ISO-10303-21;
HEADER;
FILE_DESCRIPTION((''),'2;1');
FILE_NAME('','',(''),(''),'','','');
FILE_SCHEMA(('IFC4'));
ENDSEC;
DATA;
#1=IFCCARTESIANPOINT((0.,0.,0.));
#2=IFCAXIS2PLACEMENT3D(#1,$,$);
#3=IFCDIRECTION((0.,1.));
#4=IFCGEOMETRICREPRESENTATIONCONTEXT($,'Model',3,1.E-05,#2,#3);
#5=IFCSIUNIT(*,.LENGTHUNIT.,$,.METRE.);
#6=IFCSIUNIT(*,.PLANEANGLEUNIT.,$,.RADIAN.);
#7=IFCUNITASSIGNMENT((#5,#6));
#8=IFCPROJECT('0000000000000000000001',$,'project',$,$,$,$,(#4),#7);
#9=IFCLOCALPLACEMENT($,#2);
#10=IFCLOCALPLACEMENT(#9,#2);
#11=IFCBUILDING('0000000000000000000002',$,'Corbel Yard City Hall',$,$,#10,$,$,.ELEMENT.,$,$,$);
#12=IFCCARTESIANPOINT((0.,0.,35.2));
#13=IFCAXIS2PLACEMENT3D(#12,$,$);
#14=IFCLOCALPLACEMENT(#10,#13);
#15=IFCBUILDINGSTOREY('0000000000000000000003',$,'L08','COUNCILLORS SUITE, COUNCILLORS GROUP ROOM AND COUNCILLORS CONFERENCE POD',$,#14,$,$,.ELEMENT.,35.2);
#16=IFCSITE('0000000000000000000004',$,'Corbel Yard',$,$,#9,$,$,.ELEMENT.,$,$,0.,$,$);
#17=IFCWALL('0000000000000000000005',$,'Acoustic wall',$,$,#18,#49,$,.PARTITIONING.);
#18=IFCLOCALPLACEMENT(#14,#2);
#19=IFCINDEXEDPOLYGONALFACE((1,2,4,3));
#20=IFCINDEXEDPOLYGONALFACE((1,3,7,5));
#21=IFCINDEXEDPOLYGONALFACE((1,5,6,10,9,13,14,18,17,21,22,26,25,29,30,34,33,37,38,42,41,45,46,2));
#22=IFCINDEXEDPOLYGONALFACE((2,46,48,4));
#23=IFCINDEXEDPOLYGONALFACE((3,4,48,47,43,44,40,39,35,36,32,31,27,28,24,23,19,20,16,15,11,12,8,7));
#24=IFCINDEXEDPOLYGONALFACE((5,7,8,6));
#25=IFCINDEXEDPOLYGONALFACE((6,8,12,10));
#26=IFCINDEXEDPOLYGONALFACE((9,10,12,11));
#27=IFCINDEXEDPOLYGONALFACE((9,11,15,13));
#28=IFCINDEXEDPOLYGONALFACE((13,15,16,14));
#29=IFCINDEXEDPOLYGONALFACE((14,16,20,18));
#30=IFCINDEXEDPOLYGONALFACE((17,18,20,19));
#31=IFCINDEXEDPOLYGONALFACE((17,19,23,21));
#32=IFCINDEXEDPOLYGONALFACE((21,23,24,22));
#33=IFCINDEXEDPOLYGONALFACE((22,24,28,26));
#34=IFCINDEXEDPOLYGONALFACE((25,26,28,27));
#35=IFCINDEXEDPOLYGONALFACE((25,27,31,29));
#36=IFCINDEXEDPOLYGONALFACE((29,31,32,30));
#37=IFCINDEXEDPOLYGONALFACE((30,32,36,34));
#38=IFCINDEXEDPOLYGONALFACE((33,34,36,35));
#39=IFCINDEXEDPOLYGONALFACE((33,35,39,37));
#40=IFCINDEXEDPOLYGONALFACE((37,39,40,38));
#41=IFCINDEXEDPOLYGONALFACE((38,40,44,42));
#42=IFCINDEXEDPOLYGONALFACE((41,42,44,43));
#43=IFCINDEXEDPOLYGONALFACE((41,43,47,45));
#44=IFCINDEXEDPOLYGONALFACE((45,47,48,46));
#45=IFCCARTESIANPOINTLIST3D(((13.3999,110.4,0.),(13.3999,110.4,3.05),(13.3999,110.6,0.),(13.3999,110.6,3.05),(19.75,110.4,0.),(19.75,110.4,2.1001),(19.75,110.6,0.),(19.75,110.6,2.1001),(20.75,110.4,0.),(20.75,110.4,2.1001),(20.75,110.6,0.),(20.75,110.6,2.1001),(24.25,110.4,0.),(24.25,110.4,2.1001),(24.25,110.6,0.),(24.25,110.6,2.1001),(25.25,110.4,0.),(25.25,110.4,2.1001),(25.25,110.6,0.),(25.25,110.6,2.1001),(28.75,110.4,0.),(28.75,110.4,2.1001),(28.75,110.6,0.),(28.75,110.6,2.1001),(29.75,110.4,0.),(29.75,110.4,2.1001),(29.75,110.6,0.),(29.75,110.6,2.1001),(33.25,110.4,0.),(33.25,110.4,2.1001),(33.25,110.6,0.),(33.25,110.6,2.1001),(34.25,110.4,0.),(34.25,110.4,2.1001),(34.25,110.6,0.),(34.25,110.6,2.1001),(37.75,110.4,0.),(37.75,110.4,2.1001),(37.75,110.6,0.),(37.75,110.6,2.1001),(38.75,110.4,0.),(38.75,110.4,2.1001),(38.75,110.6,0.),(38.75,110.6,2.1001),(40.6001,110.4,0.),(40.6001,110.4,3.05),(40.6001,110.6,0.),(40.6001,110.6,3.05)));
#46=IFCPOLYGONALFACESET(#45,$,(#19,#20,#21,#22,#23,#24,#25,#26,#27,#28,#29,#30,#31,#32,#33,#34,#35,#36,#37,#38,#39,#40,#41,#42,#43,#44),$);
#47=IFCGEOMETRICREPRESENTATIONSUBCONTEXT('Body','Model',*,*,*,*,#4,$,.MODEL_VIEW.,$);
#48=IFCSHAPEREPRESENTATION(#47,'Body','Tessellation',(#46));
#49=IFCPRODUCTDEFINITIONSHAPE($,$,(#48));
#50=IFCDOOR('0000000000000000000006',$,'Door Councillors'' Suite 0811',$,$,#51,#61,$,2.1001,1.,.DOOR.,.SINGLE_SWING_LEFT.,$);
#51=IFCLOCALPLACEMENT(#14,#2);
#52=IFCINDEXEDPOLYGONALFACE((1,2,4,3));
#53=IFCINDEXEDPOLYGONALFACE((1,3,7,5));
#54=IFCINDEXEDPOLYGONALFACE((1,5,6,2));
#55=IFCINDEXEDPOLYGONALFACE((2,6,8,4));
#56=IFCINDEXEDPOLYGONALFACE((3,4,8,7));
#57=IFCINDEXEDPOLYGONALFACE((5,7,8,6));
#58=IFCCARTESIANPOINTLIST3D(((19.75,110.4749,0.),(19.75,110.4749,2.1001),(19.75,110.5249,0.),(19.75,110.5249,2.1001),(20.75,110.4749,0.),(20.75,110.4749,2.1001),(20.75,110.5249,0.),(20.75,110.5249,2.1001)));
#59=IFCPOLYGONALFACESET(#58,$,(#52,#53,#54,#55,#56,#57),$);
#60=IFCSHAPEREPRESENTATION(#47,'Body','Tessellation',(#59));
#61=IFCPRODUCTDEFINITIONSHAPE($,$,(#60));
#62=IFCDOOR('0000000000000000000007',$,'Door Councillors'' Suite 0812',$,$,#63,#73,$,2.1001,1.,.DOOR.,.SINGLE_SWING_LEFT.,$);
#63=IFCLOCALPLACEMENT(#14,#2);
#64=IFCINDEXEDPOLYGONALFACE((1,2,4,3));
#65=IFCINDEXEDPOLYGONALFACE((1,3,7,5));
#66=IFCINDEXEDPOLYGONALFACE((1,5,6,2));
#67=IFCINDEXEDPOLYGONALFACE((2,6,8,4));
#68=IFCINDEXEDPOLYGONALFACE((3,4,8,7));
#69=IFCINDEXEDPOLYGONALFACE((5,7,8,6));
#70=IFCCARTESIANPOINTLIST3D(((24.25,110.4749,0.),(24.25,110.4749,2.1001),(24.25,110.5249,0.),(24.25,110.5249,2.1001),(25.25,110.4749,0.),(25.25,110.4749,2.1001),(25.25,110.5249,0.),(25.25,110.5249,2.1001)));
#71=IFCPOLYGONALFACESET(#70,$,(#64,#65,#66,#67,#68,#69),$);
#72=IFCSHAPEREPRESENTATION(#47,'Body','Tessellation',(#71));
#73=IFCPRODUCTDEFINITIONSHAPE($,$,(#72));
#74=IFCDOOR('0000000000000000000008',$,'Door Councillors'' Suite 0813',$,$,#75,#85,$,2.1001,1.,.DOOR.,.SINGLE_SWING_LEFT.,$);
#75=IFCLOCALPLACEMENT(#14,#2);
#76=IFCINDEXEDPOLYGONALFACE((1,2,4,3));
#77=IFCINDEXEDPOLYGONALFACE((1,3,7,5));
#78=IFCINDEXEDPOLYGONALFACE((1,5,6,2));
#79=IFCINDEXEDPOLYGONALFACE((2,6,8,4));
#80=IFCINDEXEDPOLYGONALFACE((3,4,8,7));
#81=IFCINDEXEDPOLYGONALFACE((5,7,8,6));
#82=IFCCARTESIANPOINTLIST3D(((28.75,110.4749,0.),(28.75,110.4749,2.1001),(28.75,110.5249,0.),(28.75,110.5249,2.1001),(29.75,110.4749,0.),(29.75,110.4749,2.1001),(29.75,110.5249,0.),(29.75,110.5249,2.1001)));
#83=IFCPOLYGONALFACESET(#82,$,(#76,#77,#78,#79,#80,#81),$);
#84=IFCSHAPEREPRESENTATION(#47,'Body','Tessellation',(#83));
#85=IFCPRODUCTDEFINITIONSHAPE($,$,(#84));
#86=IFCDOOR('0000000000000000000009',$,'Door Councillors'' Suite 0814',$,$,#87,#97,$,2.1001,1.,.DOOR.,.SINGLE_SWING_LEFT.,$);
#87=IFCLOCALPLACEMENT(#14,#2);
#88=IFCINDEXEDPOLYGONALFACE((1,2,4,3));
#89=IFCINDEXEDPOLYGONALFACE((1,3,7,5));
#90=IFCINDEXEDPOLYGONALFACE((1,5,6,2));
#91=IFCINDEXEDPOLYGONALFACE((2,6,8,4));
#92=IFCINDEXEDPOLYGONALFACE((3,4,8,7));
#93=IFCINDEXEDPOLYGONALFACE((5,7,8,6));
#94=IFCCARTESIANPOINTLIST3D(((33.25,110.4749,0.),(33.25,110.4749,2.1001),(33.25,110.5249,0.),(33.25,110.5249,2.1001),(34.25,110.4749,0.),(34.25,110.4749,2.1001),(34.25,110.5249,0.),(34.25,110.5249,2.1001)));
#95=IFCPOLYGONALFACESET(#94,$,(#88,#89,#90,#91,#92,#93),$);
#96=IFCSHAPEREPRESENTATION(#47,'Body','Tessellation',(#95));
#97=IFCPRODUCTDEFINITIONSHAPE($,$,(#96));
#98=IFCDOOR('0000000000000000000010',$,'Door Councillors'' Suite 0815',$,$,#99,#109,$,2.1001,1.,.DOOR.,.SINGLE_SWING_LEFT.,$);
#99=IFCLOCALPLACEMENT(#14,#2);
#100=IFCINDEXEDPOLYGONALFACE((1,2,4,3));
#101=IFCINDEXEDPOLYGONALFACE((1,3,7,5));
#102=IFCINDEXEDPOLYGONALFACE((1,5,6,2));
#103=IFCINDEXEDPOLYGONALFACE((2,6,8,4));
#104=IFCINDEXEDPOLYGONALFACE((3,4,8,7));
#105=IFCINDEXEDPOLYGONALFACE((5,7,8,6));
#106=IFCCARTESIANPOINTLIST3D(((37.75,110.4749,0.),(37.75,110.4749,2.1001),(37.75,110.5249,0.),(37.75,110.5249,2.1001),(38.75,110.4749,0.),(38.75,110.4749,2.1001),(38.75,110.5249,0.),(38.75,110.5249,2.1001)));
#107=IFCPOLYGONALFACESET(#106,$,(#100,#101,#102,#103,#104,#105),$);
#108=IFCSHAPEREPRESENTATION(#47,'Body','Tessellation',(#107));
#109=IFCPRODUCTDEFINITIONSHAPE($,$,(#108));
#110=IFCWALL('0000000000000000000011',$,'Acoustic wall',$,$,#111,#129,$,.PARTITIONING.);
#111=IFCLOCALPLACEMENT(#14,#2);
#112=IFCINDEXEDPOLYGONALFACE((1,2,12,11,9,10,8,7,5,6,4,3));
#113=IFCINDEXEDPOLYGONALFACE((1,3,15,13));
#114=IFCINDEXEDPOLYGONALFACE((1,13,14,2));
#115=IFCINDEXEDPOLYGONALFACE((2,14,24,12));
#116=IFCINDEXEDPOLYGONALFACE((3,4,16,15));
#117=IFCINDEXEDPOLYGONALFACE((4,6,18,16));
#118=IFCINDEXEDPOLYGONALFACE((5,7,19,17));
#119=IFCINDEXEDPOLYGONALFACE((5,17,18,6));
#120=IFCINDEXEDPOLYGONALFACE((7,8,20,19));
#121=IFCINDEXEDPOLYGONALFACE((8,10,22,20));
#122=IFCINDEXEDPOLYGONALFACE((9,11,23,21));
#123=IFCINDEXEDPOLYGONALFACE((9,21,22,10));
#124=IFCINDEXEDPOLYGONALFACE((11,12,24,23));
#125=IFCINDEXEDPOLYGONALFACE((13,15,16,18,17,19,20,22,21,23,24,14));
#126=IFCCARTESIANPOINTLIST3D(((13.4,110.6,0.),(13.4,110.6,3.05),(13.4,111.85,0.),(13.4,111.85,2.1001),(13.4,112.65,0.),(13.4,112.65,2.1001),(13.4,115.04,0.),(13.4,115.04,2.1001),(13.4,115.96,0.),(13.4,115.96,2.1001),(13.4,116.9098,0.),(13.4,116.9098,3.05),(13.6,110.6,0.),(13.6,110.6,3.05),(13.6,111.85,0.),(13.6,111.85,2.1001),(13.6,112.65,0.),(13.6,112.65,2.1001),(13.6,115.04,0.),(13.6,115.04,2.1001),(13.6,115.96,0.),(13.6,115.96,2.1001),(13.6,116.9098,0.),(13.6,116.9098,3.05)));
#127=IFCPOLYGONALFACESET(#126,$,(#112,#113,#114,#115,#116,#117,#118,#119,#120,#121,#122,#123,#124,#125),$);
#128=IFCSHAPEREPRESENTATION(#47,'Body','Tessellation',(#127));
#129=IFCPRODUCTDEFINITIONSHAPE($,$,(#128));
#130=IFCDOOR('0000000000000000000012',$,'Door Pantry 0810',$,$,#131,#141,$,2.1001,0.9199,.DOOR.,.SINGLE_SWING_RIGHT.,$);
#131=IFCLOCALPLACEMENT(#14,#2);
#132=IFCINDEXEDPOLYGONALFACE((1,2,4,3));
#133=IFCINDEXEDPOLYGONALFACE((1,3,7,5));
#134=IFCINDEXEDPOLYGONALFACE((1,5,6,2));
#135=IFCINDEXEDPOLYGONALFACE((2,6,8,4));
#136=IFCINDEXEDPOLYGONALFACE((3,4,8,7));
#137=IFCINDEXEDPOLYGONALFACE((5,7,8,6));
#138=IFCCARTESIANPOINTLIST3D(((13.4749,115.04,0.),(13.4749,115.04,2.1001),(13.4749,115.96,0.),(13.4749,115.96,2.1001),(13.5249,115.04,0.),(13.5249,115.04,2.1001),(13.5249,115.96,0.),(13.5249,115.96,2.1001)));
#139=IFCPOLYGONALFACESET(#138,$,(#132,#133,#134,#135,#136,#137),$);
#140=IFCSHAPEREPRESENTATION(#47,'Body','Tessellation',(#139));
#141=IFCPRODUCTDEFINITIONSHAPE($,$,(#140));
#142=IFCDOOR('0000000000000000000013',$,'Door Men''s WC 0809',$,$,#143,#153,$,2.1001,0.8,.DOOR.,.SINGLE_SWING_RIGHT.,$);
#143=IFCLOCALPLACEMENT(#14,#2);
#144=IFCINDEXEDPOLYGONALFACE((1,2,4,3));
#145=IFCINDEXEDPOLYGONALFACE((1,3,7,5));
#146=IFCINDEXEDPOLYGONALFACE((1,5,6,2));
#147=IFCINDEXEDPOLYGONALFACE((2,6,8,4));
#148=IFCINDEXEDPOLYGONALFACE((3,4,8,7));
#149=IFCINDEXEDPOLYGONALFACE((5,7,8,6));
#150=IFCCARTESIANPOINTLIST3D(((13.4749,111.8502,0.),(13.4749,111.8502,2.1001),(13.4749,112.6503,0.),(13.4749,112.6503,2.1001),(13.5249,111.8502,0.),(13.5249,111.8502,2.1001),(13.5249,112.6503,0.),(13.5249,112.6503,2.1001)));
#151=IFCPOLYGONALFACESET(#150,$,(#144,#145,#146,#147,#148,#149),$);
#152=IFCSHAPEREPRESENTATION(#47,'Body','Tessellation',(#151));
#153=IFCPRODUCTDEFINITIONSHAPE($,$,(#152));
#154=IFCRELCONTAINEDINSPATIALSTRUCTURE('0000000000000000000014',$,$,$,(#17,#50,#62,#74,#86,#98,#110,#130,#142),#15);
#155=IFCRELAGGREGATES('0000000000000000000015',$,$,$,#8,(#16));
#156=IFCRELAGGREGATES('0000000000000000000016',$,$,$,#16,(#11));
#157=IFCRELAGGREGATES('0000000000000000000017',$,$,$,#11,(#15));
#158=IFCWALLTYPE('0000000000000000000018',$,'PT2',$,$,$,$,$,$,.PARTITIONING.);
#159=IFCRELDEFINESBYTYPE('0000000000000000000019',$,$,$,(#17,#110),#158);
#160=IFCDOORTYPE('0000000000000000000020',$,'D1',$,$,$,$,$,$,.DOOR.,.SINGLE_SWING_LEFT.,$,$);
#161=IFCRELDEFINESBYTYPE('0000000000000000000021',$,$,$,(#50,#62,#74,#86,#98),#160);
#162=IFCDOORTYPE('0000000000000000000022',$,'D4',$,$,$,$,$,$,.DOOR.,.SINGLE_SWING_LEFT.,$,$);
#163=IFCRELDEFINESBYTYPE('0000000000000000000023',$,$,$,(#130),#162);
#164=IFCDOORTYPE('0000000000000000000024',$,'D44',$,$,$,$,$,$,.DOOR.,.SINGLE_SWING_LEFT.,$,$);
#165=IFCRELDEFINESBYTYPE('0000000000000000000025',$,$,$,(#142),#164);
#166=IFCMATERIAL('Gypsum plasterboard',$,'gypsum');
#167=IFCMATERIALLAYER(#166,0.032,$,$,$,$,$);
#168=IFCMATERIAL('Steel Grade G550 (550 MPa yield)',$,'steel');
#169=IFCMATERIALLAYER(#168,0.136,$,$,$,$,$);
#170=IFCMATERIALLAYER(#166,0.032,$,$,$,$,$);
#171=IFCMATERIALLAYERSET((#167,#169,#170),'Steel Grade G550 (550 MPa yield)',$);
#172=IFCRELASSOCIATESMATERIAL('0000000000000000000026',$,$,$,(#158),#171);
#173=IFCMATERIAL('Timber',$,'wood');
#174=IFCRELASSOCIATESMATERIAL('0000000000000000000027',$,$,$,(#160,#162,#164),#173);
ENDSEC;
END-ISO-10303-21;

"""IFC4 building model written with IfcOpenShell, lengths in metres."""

from ifc_helpers import new_model, si_unit, direction, frame, frame_2d, origin, place, context, subcontext, project, spatial, rectangle, extrude, material, layer, layer_set, type_object, element, fill, save


model = new_model("IFC4")

# Units and contexts
model_context = context("Model", 3, precision=1e-05, world=origin(), true_north=direction((0.0, 1.0)))
body_context = subcontext(model_context, "Body", "Model", "MODEL_VIEW")
ifc_project = project(units=[si_unit("LENGTHUNIT", "METRE"), si_unit("PLANEANGLEUNIT", "RADIAN")], contexts=[model_context])

# Site, building, storey
site_placement = place(None, origin())
site = spatial("IfcSite", under=ifc_project, at=site_placement, Name="Corbel Yard", CompositionType="ELEMENT", RefElevation=0.0)
building_placement = place(site_placement, origin())
building = spatial("IfcBuilding", under=site, at=building_placement, Name="Corbel Yard City Hall", CompositionType="ELEMENT")
storey_placement = place(building_placement, frame((0.0, 0.0, 35.2)))
storey = spatial("IfcBuildingStorey", under=building, at=storey_placement, Name="L08", Description="COUNCILLORS SUITE, COUNCILLORS GROUP ROOM AND COUNCILLORS CONFERENCE POD", CompositionType="ELEMENT", Elevation=35.2)

# Shared definitions
ifc_material_1 = material(Name="Gypsum plasterboard", Category="gypsum")
ifc_material_2 = material(Name="Steel Grade G550 (550 MPa yield)", Category="steel")

# Walls, openings, doors
ifc_layer_1 = layer(ifc_material_1, 0.032)
ifc_layer_2 = layer(ifc_material_2, 0.136)
ifc_layer_3 = layer(ifc_material_1, 0.032)
ifc_layer_set_1 = layer_set([ifc_layer_1, ifc_layer_2, ifc_layer_3], Name="Steel Grade G550 (550 MPa yield)")
wall_type_1 = type_object("IfcWallType", Name="PT2", PredefinedType="PARTITIONING", material=ifc_layer_set_1)
wall_1_placement = place(storey_placement, frame((13.3999, 110.5, 0.0), z_axis=(0.0, 0.0, 1.0), x_axis=(1.0, 0.0, 0.0)))
wall_1 = element("IfcWall", 1, at=wall_1_placement, inside=storey, type_object=wall_type_1, Name="Acoustic wall", PredefinedType="PARTITIONING", context=body_context, shape_type="SweptSolid", body=[
    extrude(rectangle(XDim=27.2002, YDim=0.2, at=frame_2d((13.6001, 0.0))), origin(), (0.0, 0.0, 1.0), 3.05),
])
opening_1_placement = place(wall_1_placement, frame((6.3501, 0.0, 0.0)))
opening_1 = element("IfcOpeningElement", 2, at=opening_1_placement, cuts=wall_1, PredefinedType="OPENING", context=body_context, shape_type="SweptSolid", body=[
    extrude(rectangle(XDim=1.0, YDim=2.1001, at=frame_2d((0.5, 1.05))), frame((0.0, 0.1099, 0.0), z_axis=(0.0, -1.0, 0.0), x_axis=(1.0, 0.0, 0.0)), (0.0, 0.0, 1.0), 0.22),
])
opening_2_placement = place(wall_1_placement, frame((10.8501, 0.0, 0.0)))
opening_2 = element("IfcOpeningElement", 3, at=opening_2_placement, cuts=wall_1, PredefinedType="OPENING", context=body_context, shape_type="SweptSolid", body=[
    extrude(rectangle(XDim=1.0, YDim=2.1001, at=frame_2d((0.5, 1.05))), frame((0.0, 0.1099, 0.0), z_axis=(0.0, -1.0, 0.0), x_axis=(1.0, 0.0, 0.0)), (0.0, 0.0, 1.0), 0.22),
])
opening_3_placement = place(wall_1_placement, frame((15.3501, 0.0, 0.0)))
opening_3 = element("IfcOpeningElement", 4, at=opening_3_placement, cuts=wall_1, PredefinedType="OPENING", context=body_context, shape_type="SweptSolid", body=[
    extrude(rectangle(XDim=1.0, YDim=2.1001, at=frame_2d((0.5, 1.05))), frame((0.0, 0.1099, 0.0), z_axis=(0.0, -1.0, 0.0), x_axis=(1.0, 0.0, 0.0)), (0.0, 0.0, 1.0), 0.22),
])
opening_4_placement = place(wall_1_placement, frame((19.8501, 0.0, 0.0)))
opening_4 = element("IfcOpeningElement", 5, at=opening_4_placement, cuts=wall_1, PredefinedType="OPENING", context=body_context, shape_type="SweptSolid", body=[
    extrude(rectangle(XDim=1.0, YDim=2.1001, at=frame_2d((0.5, 1.05))), frame((0.0, 0.1099, 0.0), z_axis=(0.0, -1.0, 0.0), x_axis=(1.0, 0.0, 0.0)), (0.0, 0.0, 1.0), 0.22),
])
opening_5_placement = place(wall_1_placement, frame((24.3501, 0.0, 0.0)))
opening_5 = element("IfcOpeningElement", 6, at=opening_5_placement, cuts=wall_1, PredefinedType="OPENING", context=body_context, shape_type="SweptSolid", body=[
    extrude(rectangle(XDim=1.0, YDim=2.1001, at=frame_2d((0.5, 1.05))), frame((0.0, 0.1099, 0.0), z_axis=(0.0, -1.0, 0.0), x_axis=(1.0, 0.0, 0.0)), (0.0, 0.0, 1.0), 0.22),
])
ifc_material_3 = material(Name="Timber", Category="wood")
door_type_1 = type_object("IfcDoorType", Name="D1", OperationType="SINGLE_SWING_LEFT", PredefinedType="DOOR", material=ifc_material_3)
door_1_placement = place(opening_1_placement, origin())
door_1 = element("IfcDoor", 7, at=door_1_placement, inside=storey, type_object=door_type_1, Name="Door Councillors' Suite 0811", OperationType="SINGLE_SWING_LEFT", OverallHeight=2.1001, OverallWidth=1.0, PredefinedType="DOOR", context=body_context, shape_type="SweptSolid", body=[
    extrude(rectangle(XDim=1.0, YDim=2.1001, at=frame_2d((0.5, 1.05))), frame((0.0, 0.0249, 0.0), z_axis=(0.0, -1.0, 0.0), x_axis=(1.0, 0.0, 0.0)), (0.0, 0.0, 1.0), 0.05),
])
fill(opening_1, door_1)
door_2_placement = place(opening_2_placement, origin())
door_2 = element("IfcDoor", 8, at=door_2_placement, inside=storey, type_object=door_type_1, Name="Door Councillors' Suite 0812", OperationType="SINGLE_SWING_LEFT", OverallHeight=2.1001, OverallWidth=1.0, PredefinedType="DOOR", context=body_context, shape_type="SweptSolid", body=[
    extrude(rectangle(XDim=1.0, YDim=2.1001, at=frame_2d((0.5, 1.05))), frame((0.0, 0.0249, 0.0), z_axis=(0.0, -1.0, 0.0), x_axis=(1.0, 0.0, 0.0)), (0.0, 0.0, 1.0), 0.05),
])
fill(opening_2, door_2)
door_3_placement = place(opening_3_placement, origin())
door_3 = element("IfcDoor", 9, at=door_3_placement, inside=storey, type_object=door_type_1, Name="Door Councillors' Suite 0813", OperationType="SINGLE_SWING_LEFT", OverallHeight=2.1001, OverallWidth=1.0, PredefinedType="DOOR", context=body_context, shape_type="SweptSolid", body=[
    extrude(rectangle(XDim=1.0, YDim=2.1001, at=frame_2d((0.5, 1.05))), frame((0.0, 0.0249, 0.0), z_axis=(0.0, -1.0, 0.0), x_axis=(1.0, 0.0, 0.0)), (0.0, 0.0, 1.0), 0.05),
])
fill(opening_3, door_3)
door_4_placement = place(opening_4_placement, origin())
door_4 = element("IfcDoor", 10, at=door_4_placement, inside=storey, type_object=door_type_1, Name="Door Councillors' Suite 0814", OperationType="SINGLE_SWING_LEFT", OverallHeight=2.1001, OverallWidth=1.0, PredefinedType="DOOR", context=body_context, shape_type="SweptSolid", body=[
    extrude(rectangle(XDim=1.0, YDim=2.1001, at=frame_2d((0.5, 1.05))), frame((0.0, 0.0249, 0.0), z_axis=(0.0, -1.0, 0.0), x_axis=(1.0, 0.0, 0.0)), (0.0, 0.0, 1.0), 0.05),
])
fill(opening_4, door_4)
door_5_placement = place(opening_5_placement, origin())
door_5 = element("IfcDoor", 11, at=door_5_placement, inside=storey, type_object=door_type_1, Name="Door Councillors' Suite 0815", OperationType="SINGLE_SWING_LEFT", OverallHeight=2.1001, OverallWidth=1.0, PredefinedType="DOOR", context=body_context, shape_type="SweptSolid", body=[
    extrude(rectangle(XDim=1.0, YDim=2.1001, at=frame_2d((0.5, 1.05))), frame((0.0, 0.0249, 0.0), z_axis=(0.0, -1.0, 0.0), x_axis=(1.0, 0.0, 0.0)), (0.0, 0.0, 1.0), 0.05),
])
fill(opening_5, door_5)
wall_2_placement = place(storey_placement, frame((13.5, 110.6001, 0.0), z_axis=(0.0, 0.0, 1.0), x_axis=(0.0, 1.0, 0.0)))
wall_2 = element("IfcWall", 12, at=wall_2_placement, inside=storey, type_object=wall_type_1, Name="Acoustic wall", PredefinedType="PARTITIONING", context=body_context, shape_type="SweptSolid", body=[
    extrude(rectangle(XDim=6.3098, YDim=0.2, at=frame_2d((3.1548, 0.0))), origin(), (0.0, 0.0, 1.0), 3.05),
])
opening_6_placement = place(wall_2_placement, frame((1.25, 0.0, 0.0)))
opening_6 = element("IfcOpeningElement", 13, at=opening_6_placement, cuts=wall_2, PredefinedType="OPENING", context=body_context, shape_type="SweptSolid", body=[
    extrude(rectangle(XDim=0.8, YDim=2.1001, at=frame_2d((0.3999, 1.05))), frame((0.0, 0.1099, 0.0), z_axis=(0.0, -1.0, 0.0), x_axis=(1.0, 0.0, 0.0)), (0.0, 0.0, 1.0), 0.22),
])
opening_7_placement = place(wall_2_placement, frame((4.4399, 0.0, 0.0)))
opening_7 = element("IfcOpeningElement", 14, at=opening_7_placement, cuts=wall_2, PredefinedType="OPENING", context=body_context, shape_type="SweptSolid", body=[
    extrude(rectangle(XDim=0.9199, YDim=2.1001, at=frame_2d((0.46, 1.05))), frame((0.0, 0.1099, 0.0), z_axis=(0.0, -1.0, 0.0), x_axis=(1.0, 0.0, 0.0)), (0.0, 0.0, 1.0), 0.22),
])
door_type_2 = type_object("IfcDoorType", Name="D4", OperationType="SINGLE_SWING_LEFT", PredefinedType="DOOR", material=ifc_material_3)
door_6_placement = place(opening_7_placement, frame((0.9199, 0.0, 0.0), z_axis=(0.0, 0.0, 1.0), x_axis=(-1.0, 0.0, 0.0)))
door_6 = element("IfcDoor", 15, at=door_6_placement, inside=storey, type_object=door_type_2, Name="Door Pantry 0810", OperationType="SINGLE_SWING_RIGHT", OverallHeight=2.1001, OverallWidth=0.9199, PredefinedType="DOOR", context=body_context, shape_type="SweptSolid", body=[
    extrude(rectangle(XDim=0.9199, YDim=2.1001, at=frame_2d((0.46, 1.05))), frame((0.0, 0.0249, 0.0), z_axis=(0.0, -1.0, 0.0), x_axis=(1.0, 0.0, 0.0)), (0.0, 0.0, 1.0), 0.05),
])
fill(opening_7, door_6)
door_type_3 = type_object("IfcDoorType", Name="D44", OperationType="SINGLE_SWING_LEFT", PredefinedType="DOOR", material=ifc_material_3)
door_7_placement = place(opening_6_placement, frame((0.8, 0.0, 0.0), z_axis=(0.0, 0.0, 1.0), x_axis=(-1.0, 0.0, 0.0)))
door_7 = element("IfcDoor", 16, at=door_7_placement, inside=storey, type_object=door_type_3, Name="Door Men's WC 0809", OperationType="SINGLE_SWING_RIGHT", OverallHeight=2.1001, OverallWidth=0.8, PredefinedType="DOOR", context=body_context, shape_type="SweptSolid", body=[
    extrude(rectangle(XDim=0.8, YDim=2.1001, at=frame_2d((0.3999, 1.05))), frame((0.0, 0.0249, 0.0), z_axis=(0.0, -1.0, 0.0), x_axis=(1.0, 0.0, 0.0)), (0.0, 0.0, 1.0), 0.05),
])
fill(opening_6, door_7)

save(model, "model.ifc")
